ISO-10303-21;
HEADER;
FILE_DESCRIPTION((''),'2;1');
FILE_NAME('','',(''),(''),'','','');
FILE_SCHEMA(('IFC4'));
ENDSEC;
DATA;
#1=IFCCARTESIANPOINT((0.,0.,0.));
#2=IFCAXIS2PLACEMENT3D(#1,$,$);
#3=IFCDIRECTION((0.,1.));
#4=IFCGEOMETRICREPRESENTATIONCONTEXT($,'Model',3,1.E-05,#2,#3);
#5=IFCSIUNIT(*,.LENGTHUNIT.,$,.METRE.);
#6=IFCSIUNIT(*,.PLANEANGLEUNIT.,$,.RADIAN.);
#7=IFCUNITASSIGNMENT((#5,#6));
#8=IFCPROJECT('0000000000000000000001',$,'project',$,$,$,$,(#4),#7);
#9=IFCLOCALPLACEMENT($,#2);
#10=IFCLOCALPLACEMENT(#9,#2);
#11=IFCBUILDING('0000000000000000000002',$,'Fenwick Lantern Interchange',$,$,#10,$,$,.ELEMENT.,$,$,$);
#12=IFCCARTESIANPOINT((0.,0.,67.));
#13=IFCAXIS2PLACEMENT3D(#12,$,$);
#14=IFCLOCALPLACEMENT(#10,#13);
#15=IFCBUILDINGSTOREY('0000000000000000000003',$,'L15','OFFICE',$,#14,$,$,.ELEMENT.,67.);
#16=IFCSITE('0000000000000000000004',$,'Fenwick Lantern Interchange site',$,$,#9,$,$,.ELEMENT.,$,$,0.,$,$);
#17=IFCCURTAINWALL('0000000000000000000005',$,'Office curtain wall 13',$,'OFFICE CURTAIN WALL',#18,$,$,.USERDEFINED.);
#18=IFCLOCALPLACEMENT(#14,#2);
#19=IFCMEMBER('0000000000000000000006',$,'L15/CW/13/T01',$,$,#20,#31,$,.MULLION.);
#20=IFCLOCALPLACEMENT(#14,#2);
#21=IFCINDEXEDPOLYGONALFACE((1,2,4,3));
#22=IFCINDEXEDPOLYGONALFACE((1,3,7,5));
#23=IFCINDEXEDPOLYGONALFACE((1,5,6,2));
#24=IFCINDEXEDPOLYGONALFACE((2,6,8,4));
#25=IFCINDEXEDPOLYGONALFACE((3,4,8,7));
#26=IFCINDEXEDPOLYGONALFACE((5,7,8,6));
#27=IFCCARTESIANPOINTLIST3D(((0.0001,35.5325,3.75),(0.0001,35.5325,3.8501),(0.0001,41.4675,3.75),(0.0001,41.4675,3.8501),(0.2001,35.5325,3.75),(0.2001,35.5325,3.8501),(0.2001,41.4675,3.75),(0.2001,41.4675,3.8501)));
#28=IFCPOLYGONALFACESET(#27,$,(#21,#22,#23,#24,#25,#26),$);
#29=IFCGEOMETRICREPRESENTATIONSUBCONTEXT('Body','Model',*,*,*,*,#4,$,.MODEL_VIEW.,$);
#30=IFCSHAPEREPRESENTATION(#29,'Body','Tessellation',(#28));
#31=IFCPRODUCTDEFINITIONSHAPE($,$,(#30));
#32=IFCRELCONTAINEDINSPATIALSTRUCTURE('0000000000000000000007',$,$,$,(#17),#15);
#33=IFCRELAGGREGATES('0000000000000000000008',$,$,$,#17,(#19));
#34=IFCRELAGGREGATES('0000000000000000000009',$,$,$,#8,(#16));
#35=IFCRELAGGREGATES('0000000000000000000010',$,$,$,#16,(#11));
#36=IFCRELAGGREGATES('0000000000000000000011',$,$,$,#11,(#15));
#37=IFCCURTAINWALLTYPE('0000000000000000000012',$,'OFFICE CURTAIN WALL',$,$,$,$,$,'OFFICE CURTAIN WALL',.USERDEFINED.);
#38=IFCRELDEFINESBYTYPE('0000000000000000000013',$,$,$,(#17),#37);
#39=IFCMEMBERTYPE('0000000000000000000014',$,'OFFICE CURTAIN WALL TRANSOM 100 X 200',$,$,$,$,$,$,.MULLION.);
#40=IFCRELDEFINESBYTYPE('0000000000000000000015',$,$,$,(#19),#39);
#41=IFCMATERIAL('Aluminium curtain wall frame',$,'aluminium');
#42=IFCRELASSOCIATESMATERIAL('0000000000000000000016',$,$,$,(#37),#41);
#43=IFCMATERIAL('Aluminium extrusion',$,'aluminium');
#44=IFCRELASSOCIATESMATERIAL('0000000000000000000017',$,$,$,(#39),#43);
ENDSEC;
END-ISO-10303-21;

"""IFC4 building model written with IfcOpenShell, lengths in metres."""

from ifc_helpers import new_model, si_unit, direction, frame, origin, origin_2d, place, context, subcontext, project, spatial, rectangle, extrude, material, material_profile, profile_set, type_object, element, aggregate, save


model = new_model("IFC4")

# Units and contexts
model_context = context("Model", 3, precision=1e-05, world=origin(), true_north=direction((0.0, 1.0)))
body_context = subcontext(model_context, "Body", "Model", "MODEL_VIEW")
ifc_project = project(units=[si_unit("LENGTHUNIT", "METRE"), si_unit("PLANEANGLEUNIT", "RADIAN")], contexts=[model_context])

# Site, building, storey
site_placement = place(None, origin())
site = spatial("IfcSite", under=ifc_project, at=site_placement, Name="Fenwick Lantern Interchange site", CompositionType="ELEMENT", RefElevation=0.0)
building_placement = place(site_placement, origin())
building = spatial("IfcBuilding", under=site, at=building_placement, Name="Fenwick Lantern Interchange", CompositionType="ELEMENT")
storey_placement = place(building_placement, frame((0.0, 0.0, 67.0)))
storey = spatial("IfcBuildingStorey", under=building, at=storey_placement, Name="L15", Description="OFFICE", CompositionType="ELEMENT", Elevation=67.0)

# Curtain wall
ifc_material_1 = material(Name="Aluminium curtain wall frame", Category="aluminium")
curtain_wall_type = type_object("IfcCurtainWallType", Name="OFFICE CURTAIN WALL", ElementType="OFFICE CURTAIN WALL", PredefinedType="USERDEFINED", material=ifc_material_1)
ifc_material_2 = material(Name="Aluminium extrusion", Category="aluminium")
curtain_wall_1_placement = place(storey_placement, origin())
curtain_wall_1 = element("IfcCurtainWall", 1, at=curtain_wall_1_placement, inside=storey, type_object=curtain_wall_type, Name="Office curtain wall 13", ObjectType="OFFICE CURTAIN WALL", PredefinedType="USERDEFINED")

# Member
ifc_material_profile_1 = material_profile(ifc_material_2, rectangle(XDim=0.2, YDim=0.1001, at=origin_2d()), Name="OFFICE CURTAIN WALL TRANSOM 100 X 200")
ifc_profile_set_1 = profile_set([ifc_material_profile_1], Name="Aluminium extrusion")
member_type_1 = type_object("IfcMemberType", Name="OFFICE CURTAIN WALL TRANSOM 100 X 200", PredefinedType="MULLION", material=ifc_profile_set_1)
member_1_placement = place(storey_placement, frame((0.1001, 41.4675, 3.8), z_axis=(0.0, -1.0, 0.0), x_axis=(1.0, 0.0, 0.0)))
member_1 = element("IfcMember", 2, at=member_1_placement, type_object=member_type_1, Name="L15/CW/13/T01", PredefinedType="MULLION", context=body_context, shape_type="SweptSolid", body=[
    extrude(rectangle(XDim=0.2, YDim=0.1001, at=origin_2d()), origin(), (0.0, 0.0, 1.0), 5.9351),
])

aggregate(curtain_wall_1, [member_1])

save(model, "model.ifc")
